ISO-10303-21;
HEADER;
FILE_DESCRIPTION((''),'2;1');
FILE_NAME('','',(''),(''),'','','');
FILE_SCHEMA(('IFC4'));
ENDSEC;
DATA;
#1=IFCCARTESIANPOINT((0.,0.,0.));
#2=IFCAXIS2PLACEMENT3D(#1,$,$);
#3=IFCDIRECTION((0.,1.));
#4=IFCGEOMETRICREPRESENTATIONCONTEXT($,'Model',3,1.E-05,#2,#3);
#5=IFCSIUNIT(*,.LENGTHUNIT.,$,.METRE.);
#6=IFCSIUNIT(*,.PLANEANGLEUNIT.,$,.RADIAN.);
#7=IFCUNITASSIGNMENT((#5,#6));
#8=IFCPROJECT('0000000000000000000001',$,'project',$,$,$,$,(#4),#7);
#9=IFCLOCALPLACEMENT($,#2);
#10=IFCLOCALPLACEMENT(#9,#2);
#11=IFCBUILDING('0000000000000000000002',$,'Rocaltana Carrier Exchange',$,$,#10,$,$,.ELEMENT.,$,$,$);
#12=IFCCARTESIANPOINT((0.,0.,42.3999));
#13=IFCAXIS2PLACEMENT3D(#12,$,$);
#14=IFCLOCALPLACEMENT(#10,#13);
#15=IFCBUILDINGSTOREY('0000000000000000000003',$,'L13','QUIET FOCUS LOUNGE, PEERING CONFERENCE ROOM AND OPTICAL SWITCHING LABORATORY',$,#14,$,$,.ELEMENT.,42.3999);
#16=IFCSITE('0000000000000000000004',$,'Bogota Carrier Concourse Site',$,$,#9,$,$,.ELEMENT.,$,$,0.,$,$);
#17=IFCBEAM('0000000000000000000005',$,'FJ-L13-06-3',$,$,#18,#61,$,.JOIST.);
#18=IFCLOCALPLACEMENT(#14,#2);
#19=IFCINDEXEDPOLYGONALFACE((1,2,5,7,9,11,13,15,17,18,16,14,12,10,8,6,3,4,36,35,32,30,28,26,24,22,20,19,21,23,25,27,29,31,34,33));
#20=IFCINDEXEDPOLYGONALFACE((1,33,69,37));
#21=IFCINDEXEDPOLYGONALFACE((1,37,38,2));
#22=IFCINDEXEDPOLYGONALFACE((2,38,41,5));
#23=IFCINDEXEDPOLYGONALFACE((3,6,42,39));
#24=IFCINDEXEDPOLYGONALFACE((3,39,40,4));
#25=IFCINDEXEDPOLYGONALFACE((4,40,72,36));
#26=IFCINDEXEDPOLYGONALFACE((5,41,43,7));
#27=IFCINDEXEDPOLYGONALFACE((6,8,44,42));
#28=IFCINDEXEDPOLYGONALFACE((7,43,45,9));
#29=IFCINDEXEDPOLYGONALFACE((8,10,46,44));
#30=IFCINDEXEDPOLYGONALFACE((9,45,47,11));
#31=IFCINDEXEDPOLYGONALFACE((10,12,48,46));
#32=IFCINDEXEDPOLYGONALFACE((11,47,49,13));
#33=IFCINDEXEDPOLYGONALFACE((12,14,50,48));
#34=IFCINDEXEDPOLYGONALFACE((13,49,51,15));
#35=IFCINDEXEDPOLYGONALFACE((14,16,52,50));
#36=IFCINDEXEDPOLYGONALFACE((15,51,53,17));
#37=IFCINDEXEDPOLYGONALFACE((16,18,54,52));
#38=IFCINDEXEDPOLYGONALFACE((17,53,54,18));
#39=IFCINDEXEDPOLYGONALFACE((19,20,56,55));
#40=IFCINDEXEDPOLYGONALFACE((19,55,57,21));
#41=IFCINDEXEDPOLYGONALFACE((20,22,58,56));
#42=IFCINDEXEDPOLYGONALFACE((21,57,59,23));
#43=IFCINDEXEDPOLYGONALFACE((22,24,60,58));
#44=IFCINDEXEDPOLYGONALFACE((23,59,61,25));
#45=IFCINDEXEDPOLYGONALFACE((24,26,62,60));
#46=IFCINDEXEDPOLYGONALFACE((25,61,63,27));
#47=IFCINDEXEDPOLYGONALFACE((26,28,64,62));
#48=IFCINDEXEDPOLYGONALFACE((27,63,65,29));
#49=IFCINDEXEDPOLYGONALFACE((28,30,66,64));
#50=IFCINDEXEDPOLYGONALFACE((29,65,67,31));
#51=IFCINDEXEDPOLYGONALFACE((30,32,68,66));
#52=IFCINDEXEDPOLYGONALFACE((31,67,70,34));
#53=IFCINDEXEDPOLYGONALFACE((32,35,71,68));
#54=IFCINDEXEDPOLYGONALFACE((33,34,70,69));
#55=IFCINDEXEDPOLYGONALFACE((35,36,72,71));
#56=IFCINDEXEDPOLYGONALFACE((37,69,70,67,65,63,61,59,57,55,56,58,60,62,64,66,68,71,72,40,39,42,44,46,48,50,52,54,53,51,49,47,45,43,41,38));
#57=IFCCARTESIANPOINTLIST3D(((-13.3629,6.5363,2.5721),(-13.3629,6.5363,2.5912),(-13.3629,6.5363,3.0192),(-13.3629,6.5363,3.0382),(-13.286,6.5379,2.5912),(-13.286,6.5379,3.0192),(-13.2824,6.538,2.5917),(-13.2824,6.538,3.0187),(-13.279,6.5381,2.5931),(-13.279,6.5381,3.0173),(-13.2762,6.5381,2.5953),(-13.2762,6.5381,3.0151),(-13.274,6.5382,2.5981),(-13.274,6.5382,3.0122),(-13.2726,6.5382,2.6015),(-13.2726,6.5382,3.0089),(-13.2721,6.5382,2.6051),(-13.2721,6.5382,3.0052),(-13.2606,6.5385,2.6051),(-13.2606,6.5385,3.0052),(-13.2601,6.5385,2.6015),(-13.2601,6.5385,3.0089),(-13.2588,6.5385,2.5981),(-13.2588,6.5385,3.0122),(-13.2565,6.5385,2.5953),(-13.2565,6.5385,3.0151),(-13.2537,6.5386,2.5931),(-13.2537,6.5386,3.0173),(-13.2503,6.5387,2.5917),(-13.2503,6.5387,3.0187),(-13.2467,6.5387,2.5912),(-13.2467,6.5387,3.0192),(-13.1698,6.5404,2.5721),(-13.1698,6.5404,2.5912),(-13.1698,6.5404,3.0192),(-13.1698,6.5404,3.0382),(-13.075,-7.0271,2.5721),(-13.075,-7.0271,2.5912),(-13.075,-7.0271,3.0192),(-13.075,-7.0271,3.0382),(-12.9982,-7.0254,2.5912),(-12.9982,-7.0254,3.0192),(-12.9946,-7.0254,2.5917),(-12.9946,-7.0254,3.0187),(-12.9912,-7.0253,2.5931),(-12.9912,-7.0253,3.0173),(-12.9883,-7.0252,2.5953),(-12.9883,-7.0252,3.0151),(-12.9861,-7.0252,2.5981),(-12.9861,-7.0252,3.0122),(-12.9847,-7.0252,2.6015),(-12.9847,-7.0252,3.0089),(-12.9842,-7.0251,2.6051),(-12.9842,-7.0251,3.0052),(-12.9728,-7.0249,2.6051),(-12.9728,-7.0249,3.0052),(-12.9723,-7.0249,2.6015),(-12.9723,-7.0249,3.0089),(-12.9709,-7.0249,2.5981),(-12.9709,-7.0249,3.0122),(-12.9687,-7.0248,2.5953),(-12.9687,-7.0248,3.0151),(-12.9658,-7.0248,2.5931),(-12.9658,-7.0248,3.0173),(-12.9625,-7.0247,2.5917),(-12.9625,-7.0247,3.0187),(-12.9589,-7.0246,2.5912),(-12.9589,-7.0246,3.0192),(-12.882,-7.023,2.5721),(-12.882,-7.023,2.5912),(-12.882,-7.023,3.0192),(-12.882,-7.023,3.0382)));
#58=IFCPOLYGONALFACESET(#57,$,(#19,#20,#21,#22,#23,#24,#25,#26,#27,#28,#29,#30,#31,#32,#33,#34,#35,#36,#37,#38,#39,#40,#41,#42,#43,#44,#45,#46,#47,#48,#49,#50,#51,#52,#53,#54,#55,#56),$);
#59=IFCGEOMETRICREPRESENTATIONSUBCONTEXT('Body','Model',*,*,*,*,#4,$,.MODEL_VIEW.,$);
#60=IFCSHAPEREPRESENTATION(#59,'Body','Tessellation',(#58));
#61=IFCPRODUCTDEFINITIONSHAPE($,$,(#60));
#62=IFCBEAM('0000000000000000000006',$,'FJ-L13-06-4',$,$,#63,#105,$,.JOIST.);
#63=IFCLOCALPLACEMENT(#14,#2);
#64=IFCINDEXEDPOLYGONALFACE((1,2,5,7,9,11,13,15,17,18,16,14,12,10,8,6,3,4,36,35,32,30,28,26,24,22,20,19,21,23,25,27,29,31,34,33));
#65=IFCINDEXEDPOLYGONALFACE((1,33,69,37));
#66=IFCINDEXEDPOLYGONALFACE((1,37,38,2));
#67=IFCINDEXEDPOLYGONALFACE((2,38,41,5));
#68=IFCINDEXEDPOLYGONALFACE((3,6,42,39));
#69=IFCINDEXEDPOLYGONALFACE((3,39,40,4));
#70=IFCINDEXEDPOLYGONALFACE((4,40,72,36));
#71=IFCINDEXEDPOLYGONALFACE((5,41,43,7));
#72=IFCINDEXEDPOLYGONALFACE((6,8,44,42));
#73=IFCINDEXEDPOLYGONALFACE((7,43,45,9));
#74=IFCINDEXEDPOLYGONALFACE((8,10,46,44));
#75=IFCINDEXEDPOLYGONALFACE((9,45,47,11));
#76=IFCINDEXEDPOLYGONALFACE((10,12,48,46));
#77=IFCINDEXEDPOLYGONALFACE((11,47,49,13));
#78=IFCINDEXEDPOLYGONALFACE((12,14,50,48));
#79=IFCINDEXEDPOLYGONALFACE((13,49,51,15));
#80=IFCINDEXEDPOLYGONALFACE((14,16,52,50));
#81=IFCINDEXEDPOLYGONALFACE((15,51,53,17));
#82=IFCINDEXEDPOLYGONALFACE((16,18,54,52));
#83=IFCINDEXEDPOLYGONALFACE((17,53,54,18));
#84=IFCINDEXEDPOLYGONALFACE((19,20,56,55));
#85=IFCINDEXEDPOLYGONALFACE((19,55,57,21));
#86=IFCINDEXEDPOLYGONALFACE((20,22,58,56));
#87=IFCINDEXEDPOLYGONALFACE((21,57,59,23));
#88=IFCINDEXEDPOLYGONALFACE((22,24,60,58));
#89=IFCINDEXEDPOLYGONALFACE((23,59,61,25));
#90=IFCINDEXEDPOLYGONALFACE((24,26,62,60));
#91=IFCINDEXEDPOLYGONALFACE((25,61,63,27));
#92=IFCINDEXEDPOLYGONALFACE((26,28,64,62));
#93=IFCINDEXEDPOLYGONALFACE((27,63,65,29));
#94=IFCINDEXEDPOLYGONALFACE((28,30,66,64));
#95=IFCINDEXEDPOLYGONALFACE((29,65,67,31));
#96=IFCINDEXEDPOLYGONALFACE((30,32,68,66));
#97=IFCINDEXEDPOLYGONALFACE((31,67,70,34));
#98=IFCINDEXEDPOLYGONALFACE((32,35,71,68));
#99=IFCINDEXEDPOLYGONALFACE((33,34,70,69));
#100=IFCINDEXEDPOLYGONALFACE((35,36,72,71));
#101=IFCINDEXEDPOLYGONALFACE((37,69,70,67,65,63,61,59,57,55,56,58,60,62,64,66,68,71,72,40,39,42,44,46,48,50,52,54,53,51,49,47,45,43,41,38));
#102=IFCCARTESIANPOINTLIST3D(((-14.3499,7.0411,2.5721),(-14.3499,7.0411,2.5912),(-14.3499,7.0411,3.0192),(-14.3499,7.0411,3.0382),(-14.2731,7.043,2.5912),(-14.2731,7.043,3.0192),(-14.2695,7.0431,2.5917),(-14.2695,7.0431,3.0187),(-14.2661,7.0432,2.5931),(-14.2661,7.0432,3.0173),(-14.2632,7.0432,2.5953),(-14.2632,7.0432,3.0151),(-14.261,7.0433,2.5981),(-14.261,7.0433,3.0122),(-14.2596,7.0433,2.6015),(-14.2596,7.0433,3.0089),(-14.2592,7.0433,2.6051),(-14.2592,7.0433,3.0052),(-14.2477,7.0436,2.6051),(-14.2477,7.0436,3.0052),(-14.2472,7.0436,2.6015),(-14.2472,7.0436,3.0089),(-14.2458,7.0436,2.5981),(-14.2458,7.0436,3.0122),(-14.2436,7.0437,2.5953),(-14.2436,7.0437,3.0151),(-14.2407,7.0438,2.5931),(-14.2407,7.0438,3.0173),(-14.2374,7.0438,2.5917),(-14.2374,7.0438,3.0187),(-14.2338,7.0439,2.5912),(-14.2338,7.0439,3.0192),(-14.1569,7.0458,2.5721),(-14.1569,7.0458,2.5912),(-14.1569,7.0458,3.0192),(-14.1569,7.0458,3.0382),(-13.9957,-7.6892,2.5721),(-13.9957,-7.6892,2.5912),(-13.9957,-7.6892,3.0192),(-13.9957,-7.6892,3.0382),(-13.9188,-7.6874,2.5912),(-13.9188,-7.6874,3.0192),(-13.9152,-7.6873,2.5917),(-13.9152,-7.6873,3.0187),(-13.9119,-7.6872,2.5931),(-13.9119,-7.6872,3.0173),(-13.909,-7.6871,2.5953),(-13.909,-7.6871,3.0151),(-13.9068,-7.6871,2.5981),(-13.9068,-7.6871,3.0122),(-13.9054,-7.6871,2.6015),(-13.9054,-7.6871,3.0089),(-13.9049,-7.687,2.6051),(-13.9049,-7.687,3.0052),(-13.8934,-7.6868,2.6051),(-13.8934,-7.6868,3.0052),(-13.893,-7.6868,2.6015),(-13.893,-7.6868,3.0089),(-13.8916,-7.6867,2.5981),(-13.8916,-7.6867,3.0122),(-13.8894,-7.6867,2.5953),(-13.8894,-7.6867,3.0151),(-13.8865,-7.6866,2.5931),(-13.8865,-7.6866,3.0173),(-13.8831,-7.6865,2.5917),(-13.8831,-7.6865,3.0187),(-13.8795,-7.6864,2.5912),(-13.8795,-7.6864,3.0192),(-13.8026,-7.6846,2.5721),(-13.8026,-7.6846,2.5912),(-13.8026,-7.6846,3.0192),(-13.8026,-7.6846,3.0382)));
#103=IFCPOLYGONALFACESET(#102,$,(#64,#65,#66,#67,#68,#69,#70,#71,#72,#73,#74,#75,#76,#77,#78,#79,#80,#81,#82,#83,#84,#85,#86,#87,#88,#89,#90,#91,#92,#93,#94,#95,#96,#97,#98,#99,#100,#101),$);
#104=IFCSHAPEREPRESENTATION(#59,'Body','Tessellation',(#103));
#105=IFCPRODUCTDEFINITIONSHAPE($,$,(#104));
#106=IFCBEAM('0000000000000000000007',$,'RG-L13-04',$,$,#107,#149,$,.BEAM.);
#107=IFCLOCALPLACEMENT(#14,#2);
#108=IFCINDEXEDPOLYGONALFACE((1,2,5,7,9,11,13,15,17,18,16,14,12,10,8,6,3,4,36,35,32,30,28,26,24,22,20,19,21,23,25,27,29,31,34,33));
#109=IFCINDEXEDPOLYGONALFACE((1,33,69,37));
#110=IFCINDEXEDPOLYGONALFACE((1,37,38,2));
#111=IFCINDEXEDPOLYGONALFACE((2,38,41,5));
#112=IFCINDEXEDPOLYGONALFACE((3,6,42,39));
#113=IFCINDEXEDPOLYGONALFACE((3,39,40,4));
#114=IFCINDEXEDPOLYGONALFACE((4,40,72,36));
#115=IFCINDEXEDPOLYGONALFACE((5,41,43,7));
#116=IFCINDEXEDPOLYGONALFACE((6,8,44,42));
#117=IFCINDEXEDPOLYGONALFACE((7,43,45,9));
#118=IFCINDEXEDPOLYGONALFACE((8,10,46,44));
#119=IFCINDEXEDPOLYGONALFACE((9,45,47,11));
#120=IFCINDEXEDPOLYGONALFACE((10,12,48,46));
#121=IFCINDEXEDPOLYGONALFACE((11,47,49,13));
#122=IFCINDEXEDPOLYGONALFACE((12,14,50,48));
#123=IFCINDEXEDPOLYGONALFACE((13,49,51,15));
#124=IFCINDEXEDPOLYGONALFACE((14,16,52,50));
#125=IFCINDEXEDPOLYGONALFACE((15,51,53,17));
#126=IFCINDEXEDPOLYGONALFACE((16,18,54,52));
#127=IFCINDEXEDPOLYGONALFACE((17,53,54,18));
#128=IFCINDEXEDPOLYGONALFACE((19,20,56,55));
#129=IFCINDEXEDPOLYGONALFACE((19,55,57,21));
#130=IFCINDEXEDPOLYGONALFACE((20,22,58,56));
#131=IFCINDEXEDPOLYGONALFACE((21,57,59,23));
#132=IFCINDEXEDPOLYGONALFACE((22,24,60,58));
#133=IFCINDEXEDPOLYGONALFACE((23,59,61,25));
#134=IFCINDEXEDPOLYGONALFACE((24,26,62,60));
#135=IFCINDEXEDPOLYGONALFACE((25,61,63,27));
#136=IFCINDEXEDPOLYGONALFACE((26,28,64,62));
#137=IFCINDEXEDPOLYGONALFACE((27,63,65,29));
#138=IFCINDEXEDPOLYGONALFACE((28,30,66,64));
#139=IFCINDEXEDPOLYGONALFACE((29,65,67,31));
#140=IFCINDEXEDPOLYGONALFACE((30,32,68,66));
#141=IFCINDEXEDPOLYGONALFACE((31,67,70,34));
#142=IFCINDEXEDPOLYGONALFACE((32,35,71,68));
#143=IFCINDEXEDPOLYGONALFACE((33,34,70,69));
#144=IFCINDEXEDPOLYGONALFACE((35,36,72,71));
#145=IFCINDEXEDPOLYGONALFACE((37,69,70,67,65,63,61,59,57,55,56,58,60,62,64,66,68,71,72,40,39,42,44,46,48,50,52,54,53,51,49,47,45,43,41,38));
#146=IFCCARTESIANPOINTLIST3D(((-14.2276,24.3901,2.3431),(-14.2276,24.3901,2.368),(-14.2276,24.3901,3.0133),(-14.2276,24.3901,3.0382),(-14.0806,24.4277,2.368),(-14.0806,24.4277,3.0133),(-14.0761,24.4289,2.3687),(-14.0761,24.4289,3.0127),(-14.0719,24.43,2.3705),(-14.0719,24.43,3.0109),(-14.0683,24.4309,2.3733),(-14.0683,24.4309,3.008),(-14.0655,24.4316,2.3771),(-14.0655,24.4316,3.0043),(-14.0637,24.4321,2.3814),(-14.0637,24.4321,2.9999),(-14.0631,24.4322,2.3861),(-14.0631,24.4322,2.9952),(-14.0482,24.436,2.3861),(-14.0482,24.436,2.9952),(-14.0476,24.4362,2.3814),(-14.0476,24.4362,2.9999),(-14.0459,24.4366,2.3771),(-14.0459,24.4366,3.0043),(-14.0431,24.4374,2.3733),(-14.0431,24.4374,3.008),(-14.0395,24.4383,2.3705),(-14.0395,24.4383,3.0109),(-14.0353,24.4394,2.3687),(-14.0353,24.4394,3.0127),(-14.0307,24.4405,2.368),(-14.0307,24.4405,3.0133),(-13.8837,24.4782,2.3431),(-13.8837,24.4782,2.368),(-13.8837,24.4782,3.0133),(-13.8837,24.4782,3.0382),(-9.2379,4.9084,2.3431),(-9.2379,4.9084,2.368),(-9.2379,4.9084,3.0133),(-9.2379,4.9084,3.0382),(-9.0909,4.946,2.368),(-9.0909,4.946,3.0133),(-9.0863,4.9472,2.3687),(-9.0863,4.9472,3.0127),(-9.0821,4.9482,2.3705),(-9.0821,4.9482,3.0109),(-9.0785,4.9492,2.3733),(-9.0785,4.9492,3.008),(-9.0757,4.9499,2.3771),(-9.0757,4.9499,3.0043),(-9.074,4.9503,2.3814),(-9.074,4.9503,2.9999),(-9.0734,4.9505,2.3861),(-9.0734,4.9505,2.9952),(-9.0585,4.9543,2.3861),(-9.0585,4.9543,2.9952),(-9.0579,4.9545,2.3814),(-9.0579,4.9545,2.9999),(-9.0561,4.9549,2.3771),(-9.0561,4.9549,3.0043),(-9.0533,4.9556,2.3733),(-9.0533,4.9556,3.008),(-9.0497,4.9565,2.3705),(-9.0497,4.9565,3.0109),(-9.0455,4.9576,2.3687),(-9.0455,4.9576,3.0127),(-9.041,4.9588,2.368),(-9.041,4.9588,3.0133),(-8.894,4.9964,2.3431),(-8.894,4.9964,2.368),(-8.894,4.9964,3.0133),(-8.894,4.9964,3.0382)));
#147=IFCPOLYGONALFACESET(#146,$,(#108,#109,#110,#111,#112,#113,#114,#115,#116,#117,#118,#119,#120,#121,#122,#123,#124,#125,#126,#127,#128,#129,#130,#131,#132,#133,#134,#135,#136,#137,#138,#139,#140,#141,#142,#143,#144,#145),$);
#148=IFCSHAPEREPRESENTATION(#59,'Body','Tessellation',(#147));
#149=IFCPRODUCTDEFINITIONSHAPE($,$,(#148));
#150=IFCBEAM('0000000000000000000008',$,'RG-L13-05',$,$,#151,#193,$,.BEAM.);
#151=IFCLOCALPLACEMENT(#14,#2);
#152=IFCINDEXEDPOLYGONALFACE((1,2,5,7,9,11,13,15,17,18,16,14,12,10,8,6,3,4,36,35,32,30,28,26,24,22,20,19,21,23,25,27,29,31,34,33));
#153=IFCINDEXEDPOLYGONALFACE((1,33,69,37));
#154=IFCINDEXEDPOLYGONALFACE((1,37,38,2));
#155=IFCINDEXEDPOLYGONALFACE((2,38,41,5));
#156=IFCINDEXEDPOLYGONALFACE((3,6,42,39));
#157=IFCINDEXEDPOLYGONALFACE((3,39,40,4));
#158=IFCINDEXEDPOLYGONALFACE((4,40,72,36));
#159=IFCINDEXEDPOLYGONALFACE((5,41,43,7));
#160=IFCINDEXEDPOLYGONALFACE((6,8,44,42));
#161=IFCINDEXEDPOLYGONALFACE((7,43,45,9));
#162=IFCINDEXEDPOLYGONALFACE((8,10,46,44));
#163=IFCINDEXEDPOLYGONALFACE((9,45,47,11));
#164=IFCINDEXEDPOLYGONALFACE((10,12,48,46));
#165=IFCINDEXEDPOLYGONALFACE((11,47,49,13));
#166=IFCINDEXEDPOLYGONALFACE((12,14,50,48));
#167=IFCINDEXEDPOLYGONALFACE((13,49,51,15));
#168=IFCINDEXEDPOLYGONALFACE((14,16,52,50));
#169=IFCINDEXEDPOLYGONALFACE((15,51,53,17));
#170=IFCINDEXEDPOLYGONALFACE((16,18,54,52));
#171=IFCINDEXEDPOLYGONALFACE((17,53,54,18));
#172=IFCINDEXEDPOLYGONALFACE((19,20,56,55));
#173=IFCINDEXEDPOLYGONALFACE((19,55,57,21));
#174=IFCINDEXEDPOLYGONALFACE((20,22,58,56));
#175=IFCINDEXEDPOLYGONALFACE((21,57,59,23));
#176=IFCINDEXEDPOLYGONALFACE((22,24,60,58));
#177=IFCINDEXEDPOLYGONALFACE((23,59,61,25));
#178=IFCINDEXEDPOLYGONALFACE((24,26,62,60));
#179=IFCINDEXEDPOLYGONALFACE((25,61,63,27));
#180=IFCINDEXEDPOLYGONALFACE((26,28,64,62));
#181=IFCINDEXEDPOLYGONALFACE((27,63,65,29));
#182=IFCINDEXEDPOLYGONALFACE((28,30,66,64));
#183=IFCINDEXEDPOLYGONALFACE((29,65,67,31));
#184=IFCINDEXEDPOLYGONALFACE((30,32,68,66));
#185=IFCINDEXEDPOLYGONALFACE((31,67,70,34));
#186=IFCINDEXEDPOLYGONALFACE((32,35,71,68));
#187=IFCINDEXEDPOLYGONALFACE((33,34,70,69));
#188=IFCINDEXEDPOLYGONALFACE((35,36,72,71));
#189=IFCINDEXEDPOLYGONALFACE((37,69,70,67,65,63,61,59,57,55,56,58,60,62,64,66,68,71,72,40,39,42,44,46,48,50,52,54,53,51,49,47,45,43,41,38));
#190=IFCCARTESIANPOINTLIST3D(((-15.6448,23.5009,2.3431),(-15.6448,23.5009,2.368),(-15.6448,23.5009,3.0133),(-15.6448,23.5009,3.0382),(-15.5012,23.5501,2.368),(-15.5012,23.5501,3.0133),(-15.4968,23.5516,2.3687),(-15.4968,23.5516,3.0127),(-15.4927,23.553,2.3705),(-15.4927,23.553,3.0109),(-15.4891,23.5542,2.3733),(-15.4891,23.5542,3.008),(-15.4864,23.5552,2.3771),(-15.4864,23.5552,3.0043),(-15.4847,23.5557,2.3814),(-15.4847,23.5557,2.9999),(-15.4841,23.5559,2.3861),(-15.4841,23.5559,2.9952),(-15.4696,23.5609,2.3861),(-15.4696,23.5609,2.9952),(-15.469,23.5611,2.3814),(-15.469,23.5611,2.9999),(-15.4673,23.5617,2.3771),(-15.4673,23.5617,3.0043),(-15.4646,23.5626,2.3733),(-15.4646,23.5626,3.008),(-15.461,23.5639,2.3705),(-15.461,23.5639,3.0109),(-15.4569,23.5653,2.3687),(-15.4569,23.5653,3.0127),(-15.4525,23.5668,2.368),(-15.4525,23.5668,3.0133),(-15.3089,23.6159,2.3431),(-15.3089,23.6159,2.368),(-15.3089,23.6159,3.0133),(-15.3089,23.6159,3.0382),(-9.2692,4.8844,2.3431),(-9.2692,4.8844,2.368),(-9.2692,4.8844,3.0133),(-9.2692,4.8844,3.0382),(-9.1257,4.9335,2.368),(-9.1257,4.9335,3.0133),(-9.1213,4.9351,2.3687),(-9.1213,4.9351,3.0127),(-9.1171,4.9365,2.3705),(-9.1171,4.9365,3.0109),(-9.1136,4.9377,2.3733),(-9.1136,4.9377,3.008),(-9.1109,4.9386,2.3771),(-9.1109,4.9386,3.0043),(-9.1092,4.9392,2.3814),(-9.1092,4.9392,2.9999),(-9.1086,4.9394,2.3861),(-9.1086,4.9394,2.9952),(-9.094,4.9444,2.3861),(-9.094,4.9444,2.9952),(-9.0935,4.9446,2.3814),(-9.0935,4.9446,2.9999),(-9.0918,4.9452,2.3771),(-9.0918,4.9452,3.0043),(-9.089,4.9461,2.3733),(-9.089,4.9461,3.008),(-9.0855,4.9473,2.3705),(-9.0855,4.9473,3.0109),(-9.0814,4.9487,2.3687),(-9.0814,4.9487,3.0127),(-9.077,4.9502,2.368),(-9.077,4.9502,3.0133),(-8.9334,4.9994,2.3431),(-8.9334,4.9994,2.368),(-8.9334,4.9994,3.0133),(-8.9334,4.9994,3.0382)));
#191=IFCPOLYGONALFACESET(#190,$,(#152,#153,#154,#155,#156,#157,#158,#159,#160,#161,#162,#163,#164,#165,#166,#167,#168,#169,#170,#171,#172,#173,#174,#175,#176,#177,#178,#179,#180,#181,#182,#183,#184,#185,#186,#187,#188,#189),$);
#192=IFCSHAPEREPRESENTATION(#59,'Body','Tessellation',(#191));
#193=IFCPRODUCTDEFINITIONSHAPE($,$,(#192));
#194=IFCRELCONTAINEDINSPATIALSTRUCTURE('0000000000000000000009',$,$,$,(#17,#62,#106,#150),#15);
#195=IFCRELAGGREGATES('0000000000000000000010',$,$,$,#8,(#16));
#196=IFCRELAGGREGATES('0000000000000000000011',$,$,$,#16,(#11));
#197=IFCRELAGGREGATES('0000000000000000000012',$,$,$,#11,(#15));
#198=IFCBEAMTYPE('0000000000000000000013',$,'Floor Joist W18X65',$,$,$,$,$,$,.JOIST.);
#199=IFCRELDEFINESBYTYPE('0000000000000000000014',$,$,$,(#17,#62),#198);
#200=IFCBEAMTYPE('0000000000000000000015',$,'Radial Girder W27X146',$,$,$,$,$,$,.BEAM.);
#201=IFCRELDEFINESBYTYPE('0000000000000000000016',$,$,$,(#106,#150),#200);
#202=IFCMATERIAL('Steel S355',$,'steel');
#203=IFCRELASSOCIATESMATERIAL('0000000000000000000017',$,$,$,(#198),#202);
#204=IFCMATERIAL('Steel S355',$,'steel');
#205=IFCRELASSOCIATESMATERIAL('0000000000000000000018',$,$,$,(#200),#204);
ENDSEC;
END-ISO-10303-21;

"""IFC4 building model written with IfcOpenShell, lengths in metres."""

from ifc_helpers import new_model, si_unit, direction, frame, origin, origin_2d, place, context, subcontext, project, spatial, i_section, extrude, material, material_profile, profile_set, type_object, element, save


model = new_model("IFC4")

# Units and contexts
model_context = context("Model", 3, precision=1e-05, world=origin(), true_north=direction((0.0, 1.0)))
body_context = subcontext(model_context, "Body", "Model", "MODEL_VIEW")
ifc_project = project(units=[si_unit("LENGTHUNIT", "METRE"), si_unit("PLANEANGLEUNIT", "RADIAN")], contexts=[model_context])

# Site, building, storey
site_placement = place(None, origin())
site = spatial("IfcSite", under=ifc_project, at=site_placement, Name="Bogota Carrier Concourse Site", CompositionType="ELEMENT", RefElevation=0.0)
building_placement = place(site_placement, origin())
building = spatial("IfcBuilding", under=site, at=building_placement, Name="Rocaltana Carrier Exchange", CompositionType="ELEMENT")
storey_placement = place(building_placement, frame((0.0, 0.0, 42.3999)))
storey = spatial("IfcBuildingStorey", under=building, at=storey_placement, Name="L13", Description="QUIET FOCUS LOUNGE, PEERING CONFERENCE ROOM AND OPTICAL SWITCHING LABORATORY", CompositionType="ELEMENT", Elevation=42.3999)

# Beams
ifc_material_1 = material(Name="Steel S355", Category="steel")
ifc_material_profile_1 = material_profile(ifc_material_1, i_section(OverallWidth=0.1931, OverallDepth=0.4661, WebThickness=0.0115, FlangeThickness=0.019, FilletRadius=0.0139, at=origin_2d()), Name="W18X65")
ifc_profile_set_1 = profile_set([ifc_material_profile_1], Name="Steel S355")
beam_type_1 = type_object("IfcBeamType", Name="Floor Joist W18X65", PredefinedType="JOIST", material=ifc_profile_set_1)
beam_1_placement = place(storey_placement, frame((-13.2664, 6.5383, 2.8052), z_axis=(0.021217, -0.999775, 0.0), x_axis=(0.999775, 0.021217, 0.0)))
element("IfcBeam", 1, at=beam_1_placement, inside=storey, type_object=beam_type_1, Name="FJ-L13-06-3", PredefinedType="JOIST", context=body_context, shape_type="SweptSolid", body=[
    extrude(i_section(OverallWidth=0.1931, OverallDepth=0.4661, WebThickness=0.0115, FlangeThickness=0.019, FilletRadius=0.0139, at=origin_2d()), origin(), (0.0, 0.0, 1.0), 13.5664),
])
beam_2_placement = place(storey_placement, frame((-14.2534, 7.0435, 2.8052), z_axis=(0.024042, -0.999711, 0.0), x_axis=(0.999711, 0.024042, 0.0)))
element("IfcBeam", 2, at=beam_2_placement, inside=storey, type_object=beam_type_1, Name="FJ-L13-06-4", PredefinedType="JOIST", context=body_context, shape_type="SweptSolid", body=[
    extrude(i_section(OverallWidth=0.1931, OverallDepth=0.4661, WebThickness=0.0115, FlangeThickness=0.019, FilletRadius=0.0139, at=origin_2d()), origin(), (0.0, 0.0, 1.0), 14.7346),
])
ifc_material_2 = material(Name="Steel S355", Category="steel")
ifc_material_profile_2 = material_profile(ifc_material_2, i_section(OverallWidth=0.355, OverallDepth=0.6951, WebThickness=0.0154, FlangeThickness=0.0249, FilletRadius=0.0181, at=origin_2d()), Name="W27X146")
ifc_profile_set_2 = profile_set([ifc_material_profile_2], Name="Steel S355")
beam_type_2 = type_object("IfcBeamType", Name="Radial Girder W27X146", PredefinedType="BEAM", material=ifc_profile_set_2)
beam_3_placement = place(storey_placement, frame((-9.0659, 4.9524, 2.6907), z_axis=(-0.248116, 0.96873, 0.0), x_axis=(-0.96873, -0.248116, 0.0)))
element("IfcBeam", 3, at=beam_3_placement, inside=storey, type_object=beam_type_2, Name="RG-L13-04", PredefinedType="BEAM", context=body_context, shape_type="SweptSolid", body=[
    extrude(i_section(OverallWidth=0.355, OverallDepth=0.6951, WebThickness=0.0154, FlangeThickness=0.0249, FilletRadius=0.0181, at=origin_2d()), origin(), (0.0, 0.0, 1.0), 20.1106),
])
beam_4_placement = place(storey_placement, frame((-9.1013, 4.9419, 2.6907), z_axis=(-0.323993, 0.94606, 0.0), x_axis=(-0.94606, -0.323993, 0.0)))
element("IfcBeam", 4, at=beam_4_placement, inside=storey, type_object=beam_type_2, Name="RG-L13-05", PredefinedType="BEAM", context=body_context, shape_type="SweptSolid", body=[
    extrude(i_section(OverallWidth=0.355, OverallDepth=0.6951, WebThickness=0.0154, FlangeThickness=0.0249, FilletRadius=0.0181, at=origin_2d()), origin(), (0.0, 0.0, 1.0), 19.678),
])

save(model, "model.ifc")
